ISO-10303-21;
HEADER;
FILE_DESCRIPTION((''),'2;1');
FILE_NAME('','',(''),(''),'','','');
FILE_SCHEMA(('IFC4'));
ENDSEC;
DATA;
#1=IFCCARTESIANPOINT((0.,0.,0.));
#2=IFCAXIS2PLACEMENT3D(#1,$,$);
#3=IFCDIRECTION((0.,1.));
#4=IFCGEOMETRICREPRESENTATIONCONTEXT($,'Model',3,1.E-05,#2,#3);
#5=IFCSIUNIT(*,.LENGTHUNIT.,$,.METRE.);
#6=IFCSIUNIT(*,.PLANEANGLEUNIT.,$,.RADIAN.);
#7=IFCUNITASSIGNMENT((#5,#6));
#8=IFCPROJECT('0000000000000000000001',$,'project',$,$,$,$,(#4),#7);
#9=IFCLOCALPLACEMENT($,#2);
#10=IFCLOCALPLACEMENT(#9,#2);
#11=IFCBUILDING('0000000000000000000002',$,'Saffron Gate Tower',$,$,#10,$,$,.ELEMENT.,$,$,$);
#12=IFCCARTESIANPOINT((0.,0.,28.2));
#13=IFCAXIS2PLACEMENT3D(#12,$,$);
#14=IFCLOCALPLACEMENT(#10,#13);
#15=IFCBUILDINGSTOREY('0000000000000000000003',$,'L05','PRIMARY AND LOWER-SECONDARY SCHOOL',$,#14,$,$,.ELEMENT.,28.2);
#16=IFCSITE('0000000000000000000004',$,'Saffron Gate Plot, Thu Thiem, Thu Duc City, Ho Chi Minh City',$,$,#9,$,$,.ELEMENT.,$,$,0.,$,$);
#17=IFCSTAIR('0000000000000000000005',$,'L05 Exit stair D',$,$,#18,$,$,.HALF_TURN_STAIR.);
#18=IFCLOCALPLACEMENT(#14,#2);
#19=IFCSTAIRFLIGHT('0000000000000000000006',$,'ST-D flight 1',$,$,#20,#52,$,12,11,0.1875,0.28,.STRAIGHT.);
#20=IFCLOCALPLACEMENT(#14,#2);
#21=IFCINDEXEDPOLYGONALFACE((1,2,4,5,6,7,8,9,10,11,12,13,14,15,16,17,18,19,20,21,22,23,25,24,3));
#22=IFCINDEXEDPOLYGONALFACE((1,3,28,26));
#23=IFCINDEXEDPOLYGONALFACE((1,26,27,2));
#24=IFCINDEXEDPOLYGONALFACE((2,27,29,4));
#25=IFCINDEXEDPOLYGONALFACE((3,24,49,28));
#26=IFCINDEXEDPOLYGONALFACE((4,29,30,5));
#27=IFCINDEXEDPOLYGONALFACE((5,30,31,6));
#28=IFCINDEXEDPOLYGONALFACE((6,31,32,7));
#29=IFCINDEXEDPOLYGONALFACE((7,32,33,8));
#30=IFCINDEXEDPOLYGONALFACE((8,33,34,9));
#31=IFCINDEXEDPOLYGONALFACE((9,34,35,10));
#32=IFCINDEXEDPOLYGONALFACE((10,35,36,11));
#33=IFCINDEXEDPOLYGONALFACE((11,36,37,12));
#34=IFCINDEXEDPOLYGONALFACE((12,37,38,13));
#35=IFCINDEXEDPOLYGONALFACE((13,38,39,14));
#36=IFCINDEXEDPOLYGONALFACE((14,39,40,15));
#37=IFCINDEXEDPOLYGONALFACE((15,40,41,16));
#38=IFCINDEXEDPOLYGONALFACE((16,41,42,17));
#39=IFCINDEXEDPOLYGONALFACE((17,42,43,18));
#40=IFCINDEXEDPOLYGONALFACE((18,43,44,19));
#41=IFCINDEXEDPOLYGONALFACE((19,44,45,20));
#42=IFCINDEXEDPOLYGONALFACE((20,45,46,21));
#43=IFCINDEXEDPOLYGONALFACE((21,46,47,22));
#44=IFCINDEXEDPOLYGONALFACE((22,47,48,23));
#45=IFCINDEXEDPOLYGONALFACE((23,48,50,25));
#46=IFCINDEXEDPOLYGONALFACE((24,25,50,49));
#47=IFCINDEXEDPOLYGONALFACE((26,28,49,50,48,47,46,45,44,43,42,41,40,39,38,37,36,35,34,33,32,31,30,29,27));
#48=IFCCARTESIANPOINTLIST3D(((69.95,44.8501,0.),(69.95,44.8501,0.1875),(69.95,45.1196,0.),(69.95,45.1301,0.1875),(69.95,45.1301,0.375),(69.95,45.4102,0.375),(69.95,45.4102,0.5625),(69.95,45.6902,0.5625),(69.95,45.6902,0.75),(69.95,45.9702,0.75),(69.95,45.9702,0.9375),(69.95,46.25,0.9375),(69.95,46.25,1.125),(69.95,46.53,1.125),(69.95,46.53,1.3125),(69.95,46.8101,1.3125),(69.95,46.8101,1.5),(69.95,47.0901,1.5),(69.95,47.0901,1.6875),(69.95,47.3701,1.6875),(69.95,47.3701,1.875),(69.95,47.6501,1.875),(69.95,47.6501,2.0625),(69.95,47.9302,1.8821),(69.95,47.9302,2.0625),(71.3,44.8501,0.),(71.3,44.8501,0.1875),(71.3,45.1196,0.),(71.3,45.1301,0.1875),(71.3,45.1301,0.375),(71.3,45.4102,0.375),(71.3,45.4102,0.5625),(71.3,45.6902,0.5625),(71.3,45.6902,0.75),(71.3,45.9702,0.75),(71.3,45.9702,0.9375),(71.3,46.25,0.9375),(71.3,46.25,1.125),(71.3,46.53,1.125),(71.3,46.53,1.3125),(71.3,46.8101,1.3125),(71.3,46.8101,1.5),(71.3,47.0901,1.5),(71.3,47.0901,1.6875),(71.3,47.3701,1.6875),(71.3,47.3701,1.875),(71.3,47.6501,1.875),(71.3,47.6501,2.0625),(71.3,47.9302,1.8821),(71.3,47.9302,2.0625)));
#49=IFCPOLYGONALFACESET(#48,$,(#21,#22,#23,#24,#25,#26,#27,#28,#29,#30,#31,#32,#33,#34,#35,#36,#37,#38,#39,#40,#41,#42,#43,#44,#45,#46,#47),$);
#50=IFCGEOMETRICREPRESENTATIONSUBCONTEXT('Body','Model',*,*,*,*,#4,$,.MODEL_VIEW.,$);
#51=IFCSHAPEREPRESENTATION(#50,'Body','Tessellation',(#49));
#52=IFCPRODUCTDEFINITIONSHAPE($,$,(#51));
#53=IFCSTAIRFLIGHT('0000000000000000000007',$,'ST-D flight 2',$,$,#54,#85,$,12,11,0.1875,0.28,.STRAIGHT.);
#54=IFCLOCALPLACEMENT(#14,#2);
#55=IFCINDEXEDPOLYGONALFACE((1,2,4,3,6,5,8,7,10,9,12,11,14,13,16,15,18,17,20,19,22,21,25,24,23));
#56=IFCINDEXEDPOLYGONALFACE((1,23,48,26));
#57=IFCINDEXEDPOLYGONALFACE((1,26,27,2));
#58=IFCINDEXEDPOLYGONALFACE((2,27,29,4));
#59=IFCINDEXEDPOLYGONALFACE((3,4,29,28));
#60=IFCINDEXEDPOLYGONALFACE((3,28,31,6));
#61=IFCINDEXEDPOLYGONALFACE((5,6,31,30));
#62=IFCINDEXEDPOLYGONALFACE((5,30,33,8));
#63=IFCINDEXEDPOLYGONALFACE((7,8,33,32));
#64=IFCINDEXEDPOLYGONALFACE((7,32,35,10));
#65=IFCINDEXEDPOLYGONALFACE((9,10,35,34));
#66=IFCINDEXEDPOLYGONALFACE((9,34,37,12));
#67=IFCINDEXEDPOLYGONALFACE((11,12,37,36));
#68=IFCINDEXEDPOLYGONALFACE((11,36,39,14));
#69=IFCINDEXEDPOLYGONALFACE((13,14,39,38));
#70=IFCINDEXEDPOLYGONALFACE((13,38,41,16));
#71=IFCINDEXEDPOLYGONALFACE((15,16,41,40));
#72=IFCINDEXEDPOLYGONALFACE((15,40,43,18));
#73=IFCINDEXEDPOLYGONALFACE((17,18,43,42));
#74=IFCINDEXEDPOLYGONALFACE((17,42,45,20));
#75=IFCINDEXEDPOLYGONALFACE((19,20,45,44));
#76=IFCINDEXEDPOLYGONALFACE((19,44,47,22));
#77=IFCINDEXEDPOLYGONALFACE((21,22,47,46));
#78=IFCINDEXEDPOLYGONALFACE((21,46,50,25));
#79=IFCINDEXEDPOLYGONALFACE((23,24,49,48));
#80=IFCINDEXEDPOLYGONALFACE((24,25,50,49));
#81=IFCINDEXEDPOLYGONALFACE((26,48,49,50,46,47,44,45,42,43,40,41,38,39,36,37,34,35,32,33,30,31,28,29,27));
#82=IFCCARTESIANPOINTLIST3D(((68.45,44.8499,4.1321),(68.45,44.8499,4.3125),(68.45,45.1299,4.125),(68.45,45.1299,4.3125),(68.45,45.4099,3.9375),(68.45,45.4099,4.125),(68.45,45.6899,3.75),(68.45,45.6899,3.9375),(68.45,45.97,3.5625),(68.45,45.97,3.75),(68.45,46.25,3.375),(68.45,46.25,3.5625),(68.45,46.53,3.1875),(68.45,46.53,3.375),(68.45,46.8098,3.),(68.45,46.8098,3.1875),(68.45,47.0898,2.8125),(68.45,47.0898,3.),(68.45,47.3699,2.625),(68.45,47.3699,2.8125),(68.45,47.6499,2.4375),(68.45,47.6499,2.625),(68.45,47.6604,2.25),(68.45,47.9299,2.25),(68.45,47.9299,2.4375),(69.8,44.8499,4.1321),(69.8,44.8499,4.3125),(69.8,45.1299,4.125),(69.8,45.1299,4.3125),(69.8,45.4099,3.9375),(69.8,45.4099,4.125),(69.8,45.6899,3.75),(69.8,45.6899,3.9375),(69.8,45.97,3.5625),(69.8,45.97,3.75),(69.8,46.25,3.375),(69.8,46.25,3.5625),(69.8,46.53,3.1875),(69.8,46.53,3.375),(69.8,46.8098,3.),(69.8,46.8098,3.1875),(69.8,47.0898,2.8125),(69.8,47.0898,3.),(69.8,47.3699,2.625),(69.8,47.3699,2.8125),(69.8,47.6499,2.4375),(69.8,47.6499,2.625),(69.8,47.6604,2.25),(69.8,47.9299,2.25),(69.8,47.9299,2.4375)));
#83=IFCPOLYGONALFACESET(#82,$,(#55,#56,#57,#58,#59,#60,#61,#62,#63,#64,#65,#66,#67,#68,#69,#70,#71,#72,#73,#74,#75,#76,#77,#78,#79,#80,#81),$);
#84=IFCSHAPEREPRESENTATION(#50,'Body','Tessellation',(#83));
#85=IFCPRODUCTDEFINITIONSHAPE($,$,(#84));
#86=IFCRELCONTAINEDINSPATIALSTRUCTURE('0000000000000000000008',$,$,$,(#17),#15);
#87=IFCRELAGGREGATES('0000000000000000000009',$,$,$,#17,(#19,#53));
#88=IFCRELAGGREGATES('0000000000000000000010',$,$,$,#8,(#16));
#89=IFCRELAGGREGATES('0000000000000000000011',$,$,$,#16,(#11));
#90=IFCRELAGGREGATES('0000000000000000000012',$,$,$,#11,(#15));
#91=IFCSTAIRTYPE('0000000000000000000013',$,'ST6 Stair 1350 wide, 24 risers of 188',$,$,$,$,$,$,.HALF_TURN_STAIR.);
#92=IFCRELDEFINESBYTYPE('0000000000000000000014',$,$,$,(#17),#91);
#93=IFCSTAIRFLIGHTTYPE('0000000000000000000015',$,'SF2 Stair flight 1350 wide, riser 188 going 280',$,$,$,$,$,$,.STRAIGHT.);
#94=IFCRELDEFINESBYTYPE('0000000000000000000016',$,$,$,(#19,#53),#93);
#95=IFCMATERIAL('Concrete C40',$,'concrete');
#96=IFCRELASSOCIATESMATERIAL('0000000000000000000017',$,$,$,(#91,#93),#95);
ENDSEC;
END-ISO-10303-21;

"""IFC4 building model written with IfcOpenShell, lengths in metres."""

from ifc_helpers import new_model, si_unit, direction, frame, origin, place, context, subcontext, project, spatial, polyline, outline, extrude, material, type_object, element, aggregate, save


model = new_model("IFC4")

# Units and contexts
model_context = context("Model", 3, precision=1e-05, world=origin(), true_north=direction((0.0, 1.0)))
body_context = subcontext(model_context, "Body", "Model", "MODEL_VIEW")
ifc_project = project(units=[si_unit("LENGTHUNIT", "METRE"), si_unit("PLANEANGLEUNIT", "RADIAN")], contexts=[model_context])

# Site, building, storey
site_placement = place(None, origin())
site = spatial("IfcSite", under=ifc_project, at=site_placement, Name="Saffron Gate Plot, Thu Thiem, Thu Duc City, Ho Chi Minh City", CompositionType="ELEMENT", RefElevation=0.0)
building_placement = place(site_placement, origin())
building = spatial("IfcBuilding", under=site, at=building_placement, Name="Saffron Gate Tower", CompositionType="ELEMENT")
storey_placement = place(building_placement, frame((0.0, 0.0, 28.2)))
storey = spatial("IfcBuildingStorey", under=building, at=storey_placement, Name="L05", Description="PRIMARY AND LOWER-SECONDARY SCHOOL", CompositionType="ELEMENT", Elevation=28.2)

# Stair, stair flights
ifc_material_1 = material(Name="Concrete C40", Category="concrete")
stair_type = type_object("IfcStairType", Name="ST6 Stair 1350 wide, 24 risers of 188", PredefinedType="HALF_TURN_STAIR", material=ifc_material_1)
stair_placement = place(storey_placement, origin())
stair = element("IfcStair", 1, at=stair_placement, inside=storey, type_object=stair_type, Name="L05 Exit stair D", PredefinedType="HALF_TURN_STAIR")
stair_flight_type = type_object("IfcStairFlightType", Name="SF2 Stair flight 1350 wide, riser 188 going 280", PredefinedType="STRAIGHT", material=ifc_material_1)
stair_flight_1_placement = place(storey_placement, frame((70.625, 44.8501, 0.0), z_axis=(0.0, 0.0, 1.0), x_axis=(0.0, 1.0, 0.0)))
stair_flight_1 = element("IfcStairFlight", 2, at=stair_flight_1_placement, type_object=stair_flight_type, Name="ST-D flight 1", NumberOfRisers=12, NumberOfTreads=11, PredefinedType="STRAIGHT", RiserHeight=0.1875, TreadLength=0.28, context=body_context, shape_type="SweptSolid", body=[
    extrude(outline(polyline([(0.0, 0.0), (0.0, 0.1875), (0.28, 0.1875), (0.28, 0.375), (0.5601, 0.375), (0.5601, 0.5625), (0.8401, 0.5625), (0.8401, 0.75), (1.1201, 0.75), (1.1201, 0.9375), (1.3999, 0.9375), (1.3999, 1.125), (1.6799, 1.125), (1.6799, 1.3125), (1.96, 1.3125), (1.96, 1.5), (2.24, 1.5), (2.24, 1.6875), (2.52, 1.6875), (2.52, 1.875), (2.8, 1.875), (2.8, 2.0625), (3.0801, 2.0625), (3.0801, 2.25), (3.0801, 1.8821), (0.2695, 0.0), (0.0, 0.0)])), frame((0.0, 0.675, 0.0), z_axis=(0.0, -1.0, 0.0), x_axis=(1.0, 0.0, 0.0)), (0.0, 0.0, 1.0), 1.3501),
])
stair_flight_2_placement = place(storey_placement, frame((69.125, 47.9299, 2.25), z_axis=(0.0, 0.0, 1.0), x_axis=(0.0, -1.0, 0.0)))
stair_flight_2 = element("IfcStairFlight", 3, at=stair_flight_2_placement, type_object=stair_flight_type, Name="ST-D flight 2", NumberOfRisers=12, NumberOfTreads=11, PredefinedType="STRAIGHT", RiserHeight=0.1875, TreadLength=0.28, context=body_context, shape_type="SweptSolid", body=[
    extrude(outline(polyline([(0.0, 0.0), (0.0, 0.1875), (0.28, 0.1875), (0.28, 0.375), (0.5601, 0.375), (0.5601, 0.5625), (0.8401, 0.5625), (0.8401, 0.75), (1.1201, 0.75), (1.1201, 0.9375), (1.3999, 0.9375), (1.3999, 1.125), (1.6799, 1.125), (1.6799, 1.3125), (1.96, 1.3125), (1.96, 1.5), (2.24, 1.5), (2.24, 1.6875), (2.52, 1.6875), (2.52, 1.875), (2.8, 1.875), (2.8, 2.0625), (3.0801, 2.0625), (3.0801, 2.25), (3.0801, 1.8821), (0.2695, 0.0), (0.0, 0.0)])), frame((0.0, 0.675, 0.0), z_axis=(0.0, -1.0, 0.0), x_axis=(1.0, 0.0, 0.0)), (0.0, 0.0, 1.0), 1.3501),
])
aggregate(stair, [stair_flight_1, stair_flight_2])

save(model, "model.ifc")
